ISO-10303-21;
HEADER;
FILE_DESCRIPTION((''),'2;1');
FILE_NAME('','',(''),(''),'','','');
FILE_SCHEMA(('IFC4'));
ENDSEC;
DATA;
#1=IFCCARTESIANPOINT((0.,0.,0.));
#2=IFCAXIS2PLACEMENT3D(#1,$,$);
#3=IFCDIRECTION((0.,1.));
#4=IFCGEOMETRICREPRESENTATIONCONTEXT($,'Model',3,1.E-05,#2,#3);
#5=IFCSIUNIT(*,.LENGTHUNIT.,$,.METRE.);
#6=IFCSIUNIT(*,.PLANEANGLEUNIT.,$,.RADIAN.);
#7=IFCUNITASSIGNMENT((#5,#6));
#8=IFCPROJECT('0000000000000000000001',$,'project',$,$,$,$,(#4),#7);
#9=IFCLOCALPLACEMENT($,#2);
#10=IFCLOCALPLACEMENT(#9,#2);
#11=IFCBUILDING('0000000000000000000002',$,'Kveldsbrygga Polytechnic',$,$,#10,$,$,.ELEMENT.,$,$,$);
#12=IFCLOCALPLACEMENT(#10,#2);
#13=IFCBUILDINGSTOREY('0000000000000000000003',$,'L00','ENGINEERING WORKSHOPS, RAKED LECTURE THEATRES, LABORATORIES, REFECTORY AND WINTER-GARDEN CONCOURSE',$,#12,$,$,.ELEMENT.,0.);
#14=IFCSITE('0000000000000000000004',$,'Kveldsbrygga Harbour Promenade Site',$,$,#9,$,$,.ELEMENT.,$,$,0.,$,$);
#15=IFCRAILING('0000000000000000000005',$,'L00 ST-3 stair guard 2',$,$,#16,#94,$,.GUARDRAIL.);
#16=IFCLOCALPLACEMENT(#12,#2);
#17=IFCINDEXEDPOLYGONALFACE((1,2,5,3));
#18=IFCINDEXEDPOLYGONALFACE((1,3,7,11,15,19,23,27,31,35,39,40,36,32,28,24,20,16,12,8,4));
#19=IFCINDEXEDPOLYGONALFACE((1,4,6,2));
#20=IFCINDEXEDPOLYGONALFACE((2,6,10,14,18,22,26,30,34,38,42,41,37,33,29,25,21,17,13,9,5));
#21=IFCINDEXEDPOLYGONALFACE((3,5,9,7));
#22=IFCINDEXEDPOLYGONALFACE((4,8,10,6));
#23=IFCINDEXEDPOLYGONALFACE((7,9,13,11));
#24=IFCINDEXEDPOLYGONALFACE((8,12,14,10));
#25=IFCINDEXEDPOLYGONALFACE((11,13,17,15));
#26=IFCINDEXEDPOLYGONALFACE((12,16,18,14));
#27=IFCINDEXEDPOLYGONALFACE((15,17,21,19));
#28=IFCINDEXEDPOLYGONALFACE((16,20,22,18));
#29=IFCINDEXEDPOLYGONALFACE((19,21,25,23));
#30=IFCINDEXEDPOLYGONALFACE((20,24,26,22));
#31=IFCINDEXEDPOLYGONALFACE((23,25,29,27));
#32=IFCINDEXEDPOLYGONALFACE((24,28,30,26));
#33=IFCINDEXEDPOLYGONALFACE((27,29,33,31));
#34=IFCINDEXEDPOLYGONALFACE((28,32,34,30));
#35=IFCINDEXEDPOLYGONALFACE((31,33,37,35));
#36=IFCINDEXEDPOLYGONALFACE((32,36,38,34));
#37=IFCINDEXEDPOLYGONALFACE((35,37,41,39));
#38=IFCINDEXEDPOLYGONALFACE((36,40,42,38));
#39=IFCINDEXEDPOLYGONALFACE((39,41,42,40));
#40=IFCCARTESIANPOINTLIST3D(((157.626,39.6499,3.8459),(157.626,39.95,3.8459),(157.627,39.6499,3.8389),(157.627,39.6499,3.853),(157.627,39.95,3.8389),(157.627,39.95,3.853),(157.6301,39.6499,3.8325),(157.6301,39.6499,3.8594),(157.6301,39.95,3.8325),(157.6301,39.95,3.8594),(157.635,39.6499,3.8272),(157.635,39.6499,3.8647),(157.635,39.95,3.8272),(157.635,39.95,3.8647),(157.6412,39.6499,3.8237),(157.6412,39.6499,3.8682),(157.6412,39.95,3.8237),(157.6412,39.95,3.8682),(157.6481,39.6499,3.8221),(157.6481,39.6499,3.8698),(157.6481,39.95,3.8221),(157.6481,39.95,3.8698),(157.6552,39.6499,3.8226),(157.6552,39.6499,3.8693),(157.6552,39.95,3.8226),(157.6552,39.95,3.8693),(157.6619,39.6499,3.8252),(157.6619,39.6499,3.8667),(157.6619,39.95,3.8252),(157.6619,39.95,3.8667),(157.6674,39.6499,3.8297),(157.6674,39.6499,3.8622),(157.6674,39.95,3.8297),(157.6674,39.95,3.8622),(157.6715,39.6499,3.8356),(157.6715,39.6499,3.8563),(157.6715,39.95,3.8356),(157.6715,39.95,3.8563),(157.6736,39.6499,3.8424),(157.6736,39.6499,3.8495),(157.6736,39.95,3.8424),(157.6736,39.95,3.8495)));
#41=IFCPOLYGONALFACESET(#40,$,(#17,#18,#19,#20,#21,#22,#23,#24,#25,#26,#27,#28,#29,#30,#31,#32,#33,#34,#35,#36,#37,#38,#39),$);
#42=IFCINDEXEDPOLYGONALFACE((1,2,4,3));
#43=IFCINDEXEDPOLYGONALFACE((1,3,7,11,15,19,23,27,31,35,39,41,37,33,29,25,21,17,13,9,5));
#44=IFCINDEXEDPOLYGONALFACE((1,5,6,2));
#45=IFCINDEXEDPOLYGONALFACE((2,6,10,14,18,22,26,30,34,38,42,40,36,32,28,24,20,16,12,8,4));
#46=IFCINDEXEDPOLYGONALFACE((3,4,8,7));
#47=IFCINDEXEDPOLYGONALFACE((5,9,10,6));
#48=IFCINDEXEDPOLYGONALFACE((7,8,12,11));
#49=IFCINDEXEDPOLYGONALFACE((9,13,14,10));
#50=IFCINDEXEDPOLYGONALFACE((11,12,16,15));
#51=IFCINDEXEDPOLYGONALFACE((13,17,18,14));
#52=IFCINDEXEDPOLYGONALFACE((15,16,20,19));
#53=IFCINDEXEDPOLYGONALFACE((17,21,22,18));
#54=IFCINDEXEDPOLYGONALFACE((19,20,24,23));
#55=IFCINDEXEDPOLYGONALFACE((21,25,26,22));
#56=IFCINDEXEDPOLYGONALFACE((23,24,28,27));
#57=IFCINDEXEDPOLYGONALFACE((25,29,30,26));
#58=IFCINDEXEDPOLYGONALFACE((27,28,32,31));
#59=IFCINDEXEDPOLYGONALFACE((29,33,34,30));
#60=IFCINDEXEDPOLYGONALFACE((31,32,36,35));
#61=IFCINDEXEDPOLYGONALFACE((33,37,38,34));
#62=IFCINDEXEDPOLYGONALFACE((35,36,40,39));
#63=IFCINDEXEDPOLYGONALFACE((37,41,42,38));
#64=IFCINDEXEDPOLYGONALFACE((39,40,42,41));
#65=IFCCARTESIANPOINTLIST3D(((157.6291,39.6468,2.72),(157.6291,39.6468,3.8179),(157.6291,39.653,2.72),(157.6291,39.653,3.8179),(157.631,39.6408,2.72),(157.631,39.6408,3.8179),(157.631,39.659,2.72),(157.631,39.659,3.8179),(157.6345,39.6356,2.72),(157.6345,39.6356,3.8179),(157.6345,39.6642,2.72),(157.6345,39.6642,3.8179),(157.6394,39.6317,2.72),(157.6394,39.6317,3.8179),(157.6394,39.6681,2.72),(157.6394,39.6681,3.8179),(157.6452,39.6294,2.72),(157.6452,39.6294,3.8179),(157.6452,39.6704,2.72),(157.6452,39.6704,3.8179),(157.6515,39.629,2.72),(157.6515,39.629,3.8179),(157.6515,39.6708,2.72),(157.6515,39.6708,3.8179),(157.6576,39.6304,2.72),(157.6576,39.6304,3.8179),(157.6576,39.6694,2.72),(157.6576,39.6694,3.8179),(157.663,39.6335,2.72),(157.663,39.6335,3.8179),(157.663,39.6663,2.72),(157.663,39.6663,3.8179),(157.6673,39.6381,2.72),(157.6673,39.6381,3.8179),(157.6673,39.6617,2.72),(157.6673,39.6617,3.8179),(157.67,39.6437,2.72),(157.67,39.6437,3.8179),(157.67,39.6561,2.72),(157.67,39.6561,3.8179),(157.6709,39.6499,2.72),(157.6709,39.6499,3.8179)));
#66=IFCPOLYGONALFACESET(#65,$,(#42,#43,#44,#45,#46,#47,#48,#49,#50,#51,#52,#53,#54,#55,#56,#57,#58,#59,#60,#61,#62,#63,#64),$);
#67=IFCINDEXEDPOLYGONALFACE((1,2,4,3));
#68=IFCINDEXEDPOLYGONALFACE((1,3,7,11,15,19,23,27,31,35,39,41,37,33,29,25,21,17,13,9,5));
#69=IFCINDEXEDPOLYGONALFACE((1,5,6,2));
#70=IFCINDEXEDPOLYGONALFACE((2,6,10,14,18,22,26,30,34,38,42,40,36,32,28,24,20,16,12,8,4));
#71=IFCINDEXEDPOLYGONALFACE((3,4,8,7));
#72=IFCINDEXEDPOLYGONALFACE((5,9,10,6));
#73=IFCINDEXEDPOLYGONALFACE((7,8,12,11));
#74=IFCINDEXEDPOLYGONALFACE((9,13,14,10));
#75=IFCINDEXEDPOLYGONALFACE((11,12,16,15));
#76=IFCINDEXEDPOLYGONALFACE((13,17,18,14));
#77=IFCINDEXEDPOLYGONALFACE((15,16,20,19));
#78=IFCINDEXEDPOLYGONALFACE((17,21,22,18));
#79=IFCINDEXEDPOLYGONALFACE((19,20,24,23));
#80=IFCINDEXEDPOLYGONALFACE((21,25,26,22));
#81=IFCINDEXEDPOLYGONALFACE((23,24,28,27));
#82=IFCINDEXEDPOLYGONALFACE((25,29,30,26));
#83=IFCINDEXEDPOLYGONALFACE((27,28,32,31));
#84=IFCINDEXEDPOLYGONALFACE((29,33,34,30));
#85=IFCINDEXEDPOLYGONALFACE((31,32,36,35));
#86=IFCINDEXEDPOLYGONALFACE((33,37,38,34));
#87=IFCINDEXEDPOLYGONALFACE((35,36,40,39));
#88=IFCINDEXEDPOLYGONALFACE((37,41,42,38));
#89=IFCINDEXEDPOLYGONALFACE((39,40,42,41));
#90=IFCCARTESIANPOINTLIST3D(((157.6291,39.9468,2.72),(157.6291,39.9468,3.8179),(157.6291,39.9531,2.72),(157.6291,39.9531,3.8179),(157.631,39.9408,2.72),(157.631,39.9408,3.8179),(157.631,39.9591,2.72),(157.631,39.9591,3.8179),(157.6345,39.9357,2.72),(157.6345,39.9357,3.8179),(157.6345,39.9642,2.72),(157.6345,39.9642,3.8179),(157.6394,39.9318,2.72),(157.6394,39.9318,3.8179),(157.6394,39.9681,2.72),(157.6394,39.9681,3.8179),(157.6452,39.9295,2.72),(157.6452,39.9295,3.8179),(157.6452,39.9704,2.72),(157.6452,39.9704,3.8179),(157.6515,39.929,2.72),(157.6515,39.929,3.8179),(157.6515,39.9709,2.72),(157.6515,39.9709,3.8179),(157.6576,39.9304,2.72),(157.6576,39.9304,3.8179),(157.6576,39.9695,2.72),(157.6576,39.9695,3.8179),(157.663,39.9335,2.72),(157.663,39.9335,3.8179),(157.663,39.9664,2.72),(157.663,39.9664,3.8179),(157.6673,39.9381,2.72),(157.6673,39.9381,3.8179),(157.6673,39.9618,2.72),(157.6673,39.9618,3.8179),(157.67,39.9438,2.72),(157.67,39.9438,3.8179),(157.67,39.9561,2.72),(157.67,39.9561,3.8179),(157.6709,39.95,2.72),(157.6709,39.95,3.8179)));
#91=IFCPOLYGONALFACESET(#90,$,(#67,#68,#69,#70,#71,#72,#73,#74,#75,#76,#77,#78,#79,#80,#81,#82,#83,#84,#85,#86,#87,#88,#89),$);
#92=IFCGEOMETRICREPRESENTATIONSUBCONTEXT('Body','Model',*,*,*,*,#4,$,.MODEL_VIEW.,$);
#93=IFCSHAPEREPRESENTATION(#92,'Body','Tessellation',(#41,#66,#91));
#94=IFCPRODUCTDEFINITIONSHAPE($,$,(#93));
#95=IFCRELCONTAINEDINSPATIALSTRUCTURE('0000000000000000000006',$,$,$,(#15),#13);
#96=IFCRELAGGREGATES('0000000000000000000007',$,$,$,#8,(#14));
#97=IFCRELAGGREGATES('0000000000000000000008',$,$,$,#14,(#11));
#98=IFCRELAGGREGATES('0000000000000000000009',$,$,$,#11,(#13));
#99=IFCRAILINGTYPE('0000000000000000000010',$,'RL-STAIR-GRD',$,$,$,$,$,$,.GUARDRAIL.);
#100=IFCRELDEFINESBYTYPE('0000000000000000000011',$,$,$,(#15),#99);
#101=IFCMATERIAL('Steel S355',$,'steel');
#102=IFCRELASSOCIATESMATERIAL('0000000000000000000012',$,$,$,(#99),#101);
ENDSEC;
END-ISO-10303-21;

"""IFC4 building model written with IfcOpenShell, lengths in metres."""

from ifc_helpers import new_model, si_unit, direction, frame, origin, origin_2d, place, context, subcontext, project, spatial, circle, extrude, material, type_object, element, save


model = new_model("IFC4")

# Units and contexts
model_context = context("Model", 3, precision=1e-05, world=origin(), true_north=direction((0.0, 1.0)))
body_context = subcontext(model_context, "Body", "Model", "MODEL_VIEW")
ifc_project = project(units=[si_unit("LENGTHUNIT", "METRE"), si_unit("PLANEANGLEUNIT", "RADIAN")], contexts=[model_context])

# Site, building, storey
site_placement = place(None, origin())
site = spatial("IfcSite", under=ifc_project, at=site_placement, Name="Kveldsbrygga Harbour Promenade Site", CompositionType="ELEMENT", RefElevation=0.0)
building_placement = place(site_placement, origin())
building = spatial("IfcBuilding", under=site, at=building_placement, Name="Kveldsbrygga Polytechnic", CompositionType="ELEMENT")
storey_placement = place(building_placement, origin())
storey = spatial("IfcBuildingStorey", under=building, at=storey_placement, Name="L00", Description="ENGINEERING WORKSHOPS, RAKED LECTURE THEATRES, LABORATORIES, REFECTORY AND WINTER-GARDEN CONCOURSE", CompositionType="ELEMENT", Elevation=0.0)

# Railing
ifc_material_1 = material(Name="Steel S355", Category="steel")
railing_type_1 = type_object("IfcRailingType", Name="RL-STAIR-GRD", PredefinedType="GUARDRAIL", material=ifc_material_1)
railing_1_placement = place(storey_placement, frame((157.6499, 39.6499, 2.72)))
element("IfcRailing", 1, at=railing_1_placement, inside=storey, type_object=railing_type_1, Name="L00 ST-3 stair guard 2", PredefinedType="GUARDRAIL", context=body_context, shape_type="SweptSolid", body=[
    extrude(circle(Radius=0.0239, at=origin_2d()), frame((0.0, 0.0, 1.126), z_axis=(0.0, 1.0, 0.0), x_axis=(-1.0, 0.0, 0.0)), (0.0, 0.0, 1.0), 0.3),
    extrude(circle(Radius=0.021, at=origin_2d()), origin(), (0.0, 0.0, 1.0), 1.0979),
    extrude(circle(Radius=0.021, at=origin_2d()), frame((0.0, 0.3, 0.0)), (0.0, 0.0, 1.0), 1.0979),
])

save(model, "model.ifc")
